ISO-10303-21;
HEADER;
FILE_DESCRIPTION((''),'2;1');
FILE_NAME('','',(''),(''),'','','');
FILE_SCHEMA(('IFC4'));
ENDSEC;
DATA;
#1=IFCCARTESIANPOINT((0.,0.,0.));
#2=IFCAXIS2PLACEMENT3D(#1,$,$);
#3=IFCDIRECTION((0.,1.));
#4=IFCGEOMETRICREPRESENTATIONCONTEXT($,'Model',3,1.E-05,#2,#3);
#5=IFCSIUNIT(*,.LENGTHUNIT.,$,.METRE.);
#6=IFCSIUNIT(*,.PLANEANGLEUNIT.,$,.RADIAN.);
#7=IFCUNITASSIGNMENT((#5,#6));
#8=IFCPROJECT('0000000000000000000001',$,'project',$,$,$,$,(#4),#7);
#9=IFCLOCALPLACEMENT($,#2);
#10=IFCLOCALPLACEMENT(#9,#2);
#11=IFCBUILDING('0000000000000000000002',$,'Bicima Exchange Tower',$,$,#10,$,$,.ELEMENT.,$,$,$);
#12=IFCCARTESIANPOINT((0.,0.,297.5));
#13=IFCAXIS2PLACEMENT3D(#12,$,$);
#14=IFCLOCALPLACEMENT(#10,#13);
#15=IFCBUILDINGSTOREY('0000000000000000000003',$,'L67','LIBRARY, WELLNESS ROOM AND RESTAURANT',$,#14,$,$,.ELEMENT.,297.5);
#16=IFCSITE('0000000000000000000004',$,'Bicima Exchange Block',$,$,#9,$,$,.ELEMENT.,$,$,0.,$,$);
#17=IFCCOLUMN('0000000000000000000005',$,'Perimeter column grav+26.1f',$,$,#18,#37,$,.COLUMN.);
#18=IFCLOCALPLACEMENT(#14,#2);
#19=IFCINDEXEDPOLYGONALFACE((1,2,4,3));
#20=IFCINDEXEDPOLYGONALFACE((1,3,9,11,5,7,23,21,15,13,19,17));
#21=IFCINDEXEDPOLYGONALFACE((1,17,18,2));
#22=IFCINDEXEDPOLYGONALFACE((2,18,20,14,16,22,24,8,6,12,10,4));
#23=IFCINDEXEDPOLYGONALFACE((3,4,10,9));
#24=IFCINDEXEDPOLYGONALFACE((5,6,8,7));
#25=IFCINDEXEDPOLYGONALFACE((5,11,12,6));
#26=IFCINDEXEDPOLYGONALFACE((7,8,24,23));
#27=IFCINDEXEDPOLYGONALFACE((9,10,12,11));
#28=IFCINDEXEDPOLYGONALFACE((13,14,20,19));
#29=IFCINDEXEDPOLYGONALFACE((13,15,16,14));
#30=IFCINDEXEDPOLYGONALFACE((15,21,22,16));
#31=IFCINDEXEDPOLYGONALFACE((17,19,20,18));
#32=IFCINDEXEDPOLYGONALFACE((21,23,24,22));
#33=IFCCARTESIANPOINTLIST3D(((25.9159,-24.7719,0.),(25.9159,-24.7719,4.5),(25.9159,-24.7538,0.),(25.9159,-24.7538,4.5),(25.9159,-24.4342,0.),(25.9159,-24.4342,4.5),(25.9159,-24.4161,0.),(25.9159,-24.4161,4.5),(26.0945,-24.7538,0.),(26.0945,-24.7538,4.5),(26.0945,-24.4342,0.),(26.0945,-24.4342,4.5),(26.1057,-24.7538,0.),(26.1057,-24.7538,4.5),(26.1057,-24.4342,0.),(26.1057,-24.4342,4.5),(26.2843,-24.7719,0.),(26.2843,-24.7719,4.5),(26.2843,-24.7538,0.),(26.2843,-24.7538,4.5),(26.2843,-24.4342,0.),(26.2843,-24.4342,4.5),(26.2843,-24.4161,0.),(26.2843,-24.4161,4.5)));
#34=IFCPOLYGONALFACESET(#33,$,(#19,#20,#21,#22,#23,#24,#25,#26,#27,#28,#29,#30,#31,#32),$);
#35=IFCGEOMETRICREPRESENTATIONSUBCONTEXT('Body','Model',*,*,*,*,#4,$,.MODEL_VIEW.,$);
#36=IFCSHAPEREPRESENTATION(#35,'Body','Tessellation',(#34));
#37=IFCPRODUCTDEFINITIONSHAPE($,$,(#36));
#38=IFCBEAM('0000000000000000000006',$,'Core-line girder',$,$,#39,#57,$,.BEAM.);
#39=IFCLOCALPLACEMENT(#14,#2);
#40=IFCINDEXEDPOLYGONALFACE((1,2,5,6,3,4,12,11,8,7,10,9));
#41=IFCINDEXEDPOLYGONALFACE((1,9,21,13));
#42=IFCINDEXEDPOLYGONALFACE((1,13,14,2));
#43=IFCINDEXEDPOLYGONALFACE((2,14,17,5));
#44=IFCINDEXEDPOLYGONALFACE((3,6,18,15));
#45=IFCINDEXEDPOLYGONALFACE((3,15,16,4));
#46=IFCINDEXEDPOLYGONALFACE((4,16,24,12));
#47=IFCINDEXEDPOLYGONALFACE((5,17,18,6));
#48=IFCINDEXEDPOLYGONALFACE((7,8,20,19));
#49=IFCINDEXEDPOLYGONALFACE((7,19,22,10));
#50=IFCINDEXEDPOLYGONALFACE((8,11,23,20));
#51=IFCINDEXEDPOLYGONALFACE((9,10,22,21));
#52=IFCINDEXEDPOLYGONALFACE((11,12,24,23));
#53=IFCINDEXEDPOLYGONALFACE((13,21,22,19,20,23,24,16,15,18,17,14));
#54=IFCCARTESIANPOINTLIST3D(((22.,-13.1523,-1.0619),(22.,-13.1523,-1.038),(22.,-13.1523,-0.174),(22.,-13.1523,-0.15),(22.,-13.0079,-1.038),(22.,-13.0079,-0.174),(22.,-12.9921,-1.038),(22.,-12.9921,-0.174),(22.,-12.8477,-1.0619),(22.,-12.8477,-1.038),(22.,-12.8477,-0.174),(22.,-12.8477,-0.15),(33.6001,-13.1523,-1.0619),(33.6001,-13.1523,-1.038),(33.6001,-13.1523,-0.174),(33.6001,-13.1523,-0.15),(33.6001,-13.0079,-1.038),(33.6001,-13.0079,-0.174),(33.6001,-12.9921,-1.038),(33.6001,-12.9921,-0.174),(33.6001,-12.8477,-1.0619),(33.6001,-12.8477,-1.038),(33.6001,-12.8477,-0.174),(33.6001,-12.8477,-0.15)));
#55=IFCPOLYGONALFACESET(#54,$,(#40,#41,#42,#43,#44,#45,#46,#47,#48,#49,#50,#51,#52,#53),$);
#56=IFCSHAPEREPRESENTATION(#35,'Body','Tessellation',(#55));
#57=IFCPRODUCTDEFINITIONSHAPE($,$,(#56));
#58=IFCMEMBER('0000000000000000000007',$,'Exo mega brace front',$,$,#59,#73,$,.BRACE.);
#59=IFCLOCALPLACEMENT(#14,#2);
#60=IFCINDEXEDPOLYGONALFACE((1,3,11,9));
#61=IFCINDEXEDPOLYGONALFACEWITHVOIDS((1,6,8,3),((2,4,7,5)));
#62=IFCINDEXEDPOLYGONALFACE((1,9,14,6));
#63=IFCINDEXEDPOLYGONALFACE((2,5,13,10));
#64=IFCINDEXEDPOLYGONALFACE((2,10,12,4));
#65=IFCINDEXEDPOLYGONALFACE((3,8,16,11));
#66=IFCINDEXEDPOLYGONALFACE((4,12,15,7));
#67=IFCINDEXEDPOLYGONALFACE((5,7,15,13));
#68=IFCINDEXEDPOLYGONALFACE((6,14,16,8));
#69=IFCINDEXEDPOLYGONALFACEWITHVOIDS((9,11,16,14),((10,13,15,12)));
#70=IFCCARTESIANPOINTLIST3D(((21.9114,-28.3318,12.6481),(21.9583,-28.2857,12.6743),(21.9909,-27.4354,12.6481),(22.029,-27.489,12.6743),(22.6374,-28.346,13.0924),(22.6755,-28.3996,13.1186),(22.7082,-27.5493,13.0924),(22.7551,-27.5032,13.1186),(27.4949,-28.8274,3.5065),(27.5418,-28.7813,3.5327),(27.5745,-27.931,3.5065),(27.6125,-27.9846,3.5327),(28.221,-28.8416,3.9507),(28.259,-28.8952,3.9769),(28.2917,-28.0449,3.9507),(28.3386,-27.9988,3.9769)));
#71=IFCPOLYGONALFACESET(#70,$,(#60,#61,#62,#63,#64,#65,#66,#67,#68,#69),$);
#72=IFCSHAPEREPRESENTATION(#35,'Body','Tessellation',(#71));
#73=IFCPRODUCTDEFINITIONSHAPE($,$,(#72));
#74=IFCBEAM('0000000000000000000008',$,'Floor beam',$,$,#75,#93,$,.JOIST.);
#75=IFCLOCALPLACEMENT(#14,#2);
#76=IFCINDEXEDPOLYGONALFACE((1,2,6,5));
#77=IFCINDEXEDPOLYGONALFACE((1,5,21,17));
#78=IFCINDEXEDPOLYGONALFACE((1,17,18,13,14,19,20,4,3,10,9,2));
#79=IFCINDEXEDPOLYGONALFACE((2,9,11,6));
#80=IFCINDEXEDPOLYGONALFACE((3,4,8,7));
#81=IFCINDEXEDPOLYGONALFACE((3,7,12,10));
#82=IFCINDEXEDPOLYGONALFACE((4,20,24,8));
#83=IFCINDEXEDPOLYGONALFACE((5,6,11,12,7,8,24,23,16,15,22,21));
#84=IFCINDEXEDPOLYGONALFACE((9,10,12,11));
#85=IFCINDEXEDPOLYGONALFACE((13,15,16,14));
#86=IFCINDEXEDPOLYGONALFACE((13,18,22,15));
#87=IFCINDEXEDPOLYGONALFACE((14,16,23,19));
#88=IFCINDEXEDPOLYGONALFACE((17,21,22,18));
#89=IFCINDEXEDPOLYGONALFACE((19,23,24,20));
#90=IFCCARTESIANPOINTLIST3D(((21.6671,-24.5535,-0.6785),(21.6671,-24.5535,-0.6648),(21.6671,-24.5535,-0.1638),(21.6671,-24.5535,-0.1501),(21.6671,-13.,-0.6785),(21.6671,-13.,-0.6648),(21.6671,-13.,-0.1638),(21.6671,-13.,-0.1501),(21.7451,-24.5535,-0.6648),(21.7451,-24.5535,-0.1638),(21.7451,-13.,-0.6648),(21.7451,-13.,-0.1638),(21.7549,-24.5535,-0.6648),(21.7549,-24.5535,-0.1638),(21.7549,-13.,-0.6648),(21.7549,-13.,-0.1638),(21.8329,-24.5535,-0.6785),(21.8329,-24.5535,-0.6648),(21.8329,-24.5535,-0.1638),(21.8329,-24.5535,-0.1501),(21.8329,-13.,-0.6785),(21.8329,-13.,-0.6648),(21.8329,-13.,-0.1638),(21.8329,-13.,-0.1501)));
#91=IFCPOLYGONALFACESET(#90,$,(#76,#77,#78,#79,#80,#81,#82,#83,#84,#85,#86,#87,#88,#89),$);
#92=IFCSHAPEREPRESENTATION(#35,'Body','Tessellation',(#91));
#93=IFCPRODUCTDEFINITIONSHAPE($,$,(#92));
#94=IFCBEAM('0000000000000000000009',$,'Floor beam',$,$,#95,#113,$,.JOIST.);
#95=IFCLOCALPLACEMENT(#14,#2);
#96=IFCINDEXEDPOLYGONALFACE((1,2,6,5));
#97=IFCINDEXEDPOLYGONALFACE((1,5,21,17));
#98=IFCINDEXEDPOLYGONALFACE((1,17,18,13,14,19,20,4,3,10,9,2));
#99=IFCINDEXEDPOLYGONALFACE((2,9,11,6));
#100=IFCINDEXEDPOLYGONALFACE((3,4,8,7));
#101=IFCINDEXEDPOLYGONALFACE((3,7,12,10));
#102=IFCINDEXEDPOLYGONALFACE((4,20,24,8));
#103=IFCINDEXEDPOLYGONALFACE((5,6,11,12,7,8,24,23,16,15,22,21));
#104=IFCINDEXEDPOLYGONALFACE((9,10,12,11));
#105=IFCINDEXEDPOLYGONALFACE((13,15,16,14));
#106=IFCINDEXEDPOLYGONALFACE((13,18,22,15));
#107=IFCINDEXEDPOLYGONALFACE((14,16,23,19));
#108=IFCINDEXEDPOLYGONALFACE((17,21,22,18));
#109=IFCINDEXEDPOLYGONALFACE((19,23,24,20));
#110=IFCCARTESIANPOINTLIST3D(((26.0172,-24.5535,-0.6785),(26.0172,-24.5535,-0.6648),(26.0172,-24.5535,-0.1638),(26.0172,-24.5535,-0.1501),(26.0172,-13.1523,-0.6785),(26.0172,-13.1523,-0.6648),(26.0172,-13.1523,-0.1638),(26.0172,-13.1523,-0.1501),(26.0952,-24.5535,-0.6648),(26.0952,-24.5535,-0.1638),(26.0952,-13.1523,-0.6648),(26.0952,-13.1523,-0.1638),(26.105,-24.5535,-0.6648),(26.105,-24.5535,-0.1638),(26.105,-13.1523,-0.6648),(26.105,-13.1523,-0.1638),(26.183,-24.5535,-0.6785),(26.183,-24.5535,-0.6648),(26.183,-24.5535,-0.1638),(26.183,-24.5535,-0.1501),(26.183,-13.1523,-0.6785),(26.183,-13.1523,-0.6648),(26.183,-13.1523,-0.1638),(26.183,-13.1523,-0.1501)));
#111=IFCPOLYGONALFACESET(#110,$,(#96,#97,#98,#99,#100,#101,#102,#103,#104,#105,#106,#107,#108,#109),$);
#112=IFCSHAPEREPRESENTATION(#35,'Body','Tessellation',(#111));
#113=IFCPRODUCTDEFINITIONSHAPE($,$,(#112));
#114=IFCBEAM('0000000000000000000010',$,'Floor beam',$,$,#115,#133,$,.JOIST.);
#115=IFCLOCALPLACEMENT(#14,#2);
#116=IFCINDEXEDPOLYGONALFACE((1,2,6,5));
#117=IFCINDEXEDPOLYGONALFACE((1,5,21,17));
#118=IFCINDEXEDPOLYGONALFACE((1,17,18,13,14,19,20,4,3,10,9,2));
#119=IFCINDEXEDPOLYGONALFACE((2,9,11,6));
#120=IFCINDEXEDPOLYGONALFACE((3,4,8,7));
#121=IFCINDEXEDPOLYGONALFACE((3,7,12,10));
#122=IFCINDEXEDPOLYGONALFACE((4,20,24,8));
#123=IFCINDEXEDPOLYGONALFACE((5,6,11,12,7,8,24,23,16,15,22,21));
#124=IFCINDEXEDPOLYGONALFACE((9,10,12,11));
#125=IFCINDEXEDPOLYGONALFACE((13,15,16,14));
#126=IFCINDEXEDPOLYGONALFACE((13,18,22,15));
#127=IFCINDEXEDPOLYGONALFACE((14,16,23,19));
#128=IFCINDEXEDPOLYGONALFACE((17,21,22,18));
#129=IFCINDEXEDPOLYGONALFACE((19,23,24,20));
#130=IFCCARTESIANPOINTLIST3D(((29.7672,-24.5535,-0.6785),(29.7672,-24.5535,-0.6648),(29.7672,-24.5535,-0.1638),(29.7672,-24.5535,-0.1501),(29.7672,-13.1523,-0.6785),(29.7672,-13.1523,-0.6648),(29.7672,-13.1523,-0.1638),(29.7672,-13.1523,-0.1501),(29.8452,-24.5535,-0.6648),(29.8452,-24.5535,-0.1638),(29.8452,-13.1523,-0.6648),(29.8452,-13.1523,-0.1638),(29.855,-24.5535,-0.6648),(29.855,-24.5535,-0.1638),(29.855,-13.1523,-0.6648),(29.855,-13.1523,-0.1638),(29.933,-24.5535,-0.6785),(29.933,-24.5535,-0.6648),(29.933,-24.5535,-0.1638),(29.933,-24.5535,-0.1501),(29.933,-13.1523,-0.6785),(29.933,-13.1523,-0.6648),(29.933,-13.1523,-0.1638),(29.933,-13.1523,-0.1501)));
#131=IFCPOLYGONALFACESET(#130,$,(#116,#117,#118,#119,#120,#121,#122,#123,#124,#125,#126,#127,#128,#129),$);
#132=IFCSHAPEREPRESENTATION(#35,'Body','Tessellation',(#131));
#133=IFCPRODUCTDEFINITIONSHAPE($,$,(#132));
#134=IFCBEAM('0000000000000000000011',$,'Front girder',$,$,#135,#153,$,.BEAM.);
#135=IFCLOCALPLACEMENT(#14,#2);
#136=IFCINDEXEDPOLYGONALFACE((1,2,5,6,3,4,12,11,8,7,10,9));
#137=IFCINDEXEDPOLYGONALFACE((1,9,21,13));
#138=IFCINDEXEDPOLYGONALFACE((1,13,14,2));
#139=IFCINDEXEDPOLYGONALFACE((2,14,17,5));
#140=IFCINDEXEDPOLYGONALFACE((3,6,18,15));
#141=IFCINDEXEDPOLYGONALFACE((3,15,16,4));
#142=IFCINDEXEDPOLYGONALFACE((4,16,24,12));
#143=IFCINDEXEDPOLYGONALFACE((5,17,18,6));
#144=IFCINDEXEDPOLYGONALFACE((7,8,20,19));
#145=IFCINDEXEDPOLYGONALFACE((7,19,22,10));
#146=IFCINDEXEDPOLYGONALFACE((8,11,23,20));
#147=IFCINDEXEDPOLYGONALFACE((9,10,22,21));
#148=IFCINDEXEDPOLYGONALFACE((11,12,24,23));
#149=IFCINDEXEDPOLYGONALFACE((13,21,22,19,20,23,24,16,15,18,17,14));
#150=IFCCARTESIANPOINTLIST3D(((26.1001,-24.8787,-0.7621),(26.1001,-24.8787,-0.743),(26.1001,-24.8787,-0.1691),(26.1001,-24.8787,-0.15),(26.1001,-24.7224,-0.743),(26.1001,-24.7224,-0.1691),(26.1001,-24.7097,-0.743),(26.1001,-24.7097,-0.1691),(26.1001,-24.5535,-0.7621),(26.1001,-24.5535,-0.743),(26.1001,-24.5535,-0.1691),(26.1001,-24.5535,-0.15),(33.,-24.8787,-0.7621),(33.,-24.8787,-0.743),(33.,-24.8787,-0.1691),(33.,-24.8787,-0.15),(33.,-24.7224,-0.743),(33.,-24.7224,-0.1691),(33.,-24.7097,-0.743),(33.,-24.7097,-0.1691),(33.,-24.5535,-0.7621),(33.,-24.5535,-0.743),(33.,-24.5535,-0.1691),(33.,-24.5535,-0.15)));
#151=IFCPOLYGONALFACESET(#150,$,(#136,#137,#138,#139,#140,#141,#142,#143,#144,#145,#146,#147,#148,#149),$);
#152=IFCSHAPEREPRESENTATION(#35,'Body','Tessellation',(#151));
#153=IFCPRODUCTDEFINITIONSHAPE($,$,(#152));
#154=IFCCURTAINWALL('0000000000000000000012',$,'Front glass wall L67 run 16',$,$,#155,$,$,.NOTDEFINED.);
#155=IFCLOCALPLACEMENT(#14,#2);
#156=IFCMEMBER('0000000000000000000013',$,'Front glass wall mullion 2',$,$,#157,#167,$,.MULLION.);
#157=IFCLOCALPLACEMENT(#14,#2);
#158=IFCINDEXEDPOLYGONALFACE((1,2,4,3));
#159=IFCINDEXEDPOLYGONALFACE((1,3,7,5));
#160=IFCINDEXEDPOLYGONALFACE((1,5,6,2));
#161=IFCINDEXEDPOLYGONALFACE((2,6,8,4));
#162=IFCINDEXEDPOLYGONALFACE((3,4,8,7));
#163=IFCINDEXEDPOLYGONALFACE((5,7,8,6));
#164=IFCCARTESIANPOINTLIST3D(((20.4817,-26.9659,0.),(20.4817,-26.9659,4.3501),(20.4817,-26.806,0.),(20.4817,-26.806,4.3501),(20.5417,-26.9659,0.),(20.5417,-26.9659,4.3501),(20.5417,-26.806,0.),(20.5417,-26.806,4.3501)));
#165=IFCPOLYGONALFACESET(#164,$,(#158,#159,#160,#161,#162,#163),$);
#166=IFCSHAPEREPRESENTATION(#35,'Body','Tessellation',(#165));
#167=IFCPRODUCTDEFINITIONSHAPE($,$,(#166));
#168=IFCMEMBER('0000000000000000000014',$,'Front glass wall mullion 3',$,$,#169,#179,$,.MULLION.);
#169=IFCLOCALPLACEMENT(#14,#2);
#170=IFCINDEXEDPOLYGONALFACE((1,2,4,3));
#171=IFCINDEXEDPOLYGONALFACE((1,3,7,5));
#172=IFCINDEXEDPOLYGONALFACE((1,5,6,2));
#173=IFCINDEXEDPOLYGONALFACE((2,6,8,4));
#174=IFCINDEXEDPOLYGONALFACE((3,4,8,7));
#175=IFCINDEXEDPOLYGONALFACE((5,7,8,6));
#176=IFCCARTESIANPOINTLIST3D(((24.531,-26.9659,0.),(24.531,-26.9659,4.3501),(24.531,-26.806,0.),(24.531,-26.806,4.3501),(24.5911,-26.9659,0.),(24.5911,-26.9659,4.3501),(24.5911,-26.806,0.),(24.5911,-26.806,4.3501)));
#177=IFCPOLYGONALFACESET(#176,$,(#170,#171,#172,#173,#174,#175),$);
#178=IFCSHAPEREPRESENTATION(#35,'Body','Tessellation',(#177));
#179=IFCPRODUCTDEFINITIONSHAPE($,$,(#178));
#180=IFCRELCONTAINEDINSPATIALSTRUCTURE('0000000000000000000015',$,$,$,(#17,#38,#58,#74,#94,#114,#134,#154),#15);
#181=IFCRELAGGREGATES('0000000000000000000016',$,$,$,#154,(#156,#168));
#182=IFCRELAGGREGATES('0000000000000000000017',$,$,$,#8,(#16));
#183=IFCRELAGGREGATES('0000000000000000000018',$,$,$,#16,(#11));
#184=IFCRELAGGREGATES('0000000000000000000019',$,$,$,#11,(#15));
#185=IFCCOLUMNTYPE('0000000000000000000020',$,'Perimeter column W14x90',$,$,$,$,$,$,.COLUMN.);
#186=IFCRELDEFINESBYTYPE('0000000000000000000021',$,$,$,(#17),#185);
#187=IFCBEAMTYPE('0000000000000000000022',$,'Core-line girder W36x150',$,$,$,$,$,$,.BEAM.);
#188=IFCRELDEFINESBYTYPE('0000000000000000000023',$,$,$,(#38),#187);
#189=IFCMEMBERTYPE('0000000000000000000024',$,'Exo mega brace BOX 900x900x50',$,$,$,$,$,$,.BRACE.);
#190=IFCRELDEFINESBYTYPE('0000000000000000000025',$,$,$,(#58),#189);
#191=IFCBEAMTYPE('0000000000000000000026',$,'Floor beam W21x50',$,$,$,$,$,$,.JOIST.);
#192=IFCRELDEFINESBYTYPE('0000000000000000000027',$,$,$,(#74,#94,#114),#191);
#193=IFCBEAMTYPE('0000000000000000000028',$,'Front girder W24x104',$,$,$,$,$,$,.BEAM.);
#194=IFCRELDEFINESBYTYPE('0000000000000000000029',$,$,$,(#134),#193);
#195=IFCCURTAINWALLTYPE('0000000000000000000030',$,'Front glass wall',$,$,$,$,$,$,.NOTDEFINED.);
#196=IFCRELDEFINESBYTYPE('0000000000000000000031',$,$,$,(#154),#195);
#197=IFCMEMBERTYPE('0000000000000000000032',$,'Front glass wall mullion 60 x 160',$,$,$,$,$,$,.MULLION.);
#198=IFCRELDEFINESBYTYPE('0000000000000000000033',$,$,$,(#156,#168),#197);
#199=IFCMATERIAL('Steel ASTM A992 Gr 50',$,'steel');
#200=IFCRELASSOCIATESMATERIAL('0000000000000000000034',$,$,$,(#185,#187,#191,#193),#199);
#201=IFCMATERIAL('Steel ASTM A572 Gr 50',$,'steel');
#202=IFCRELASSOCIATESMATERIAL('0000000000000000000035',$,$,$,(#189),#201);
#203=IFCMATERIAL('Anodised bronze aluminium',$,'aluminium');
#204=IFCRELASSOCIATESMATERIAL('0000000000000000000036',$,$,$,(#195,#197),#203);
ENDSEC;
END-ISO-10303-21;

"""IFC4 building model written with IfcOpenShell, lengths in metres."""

from ifc_helpers import new_model, si_unit, direction, frame, origin, origin_2d, place, context, subcontext, project, spatial, rectangle, hollow_rectangle, i_section, extrude, material, material_profile, profile_set, type_object, element, aggregate, save


model = new_model("IFC4")

# Units and contexts
model_context = context("Model", 3, precision=1e-05, world=origin(), true_north=direction((0.0, 1.0)))
body_context = subcontext(model_context, "Body", "Model", "MODEL_VIEW")
ifc_project = project(units=[si_unit("LENGTHUNIT", "METRE"), si_unit("PLANEANGLEUNIT", "RADIAN")], contexts=[model_context])

# Site, building, storey
site_placement = place(None, origin())
site = spatial("IfcSite", under=ifc_project, at=site_placement, Name="Bicima Exchange Block", CompositionType="ELEMENT", RefElevation=0.0)
building_placement = place(site_placement, origin())
building = spatial("IfcBuilding", under=site, at=building_placement, Name="Bicima Exchange Tower", CompositionType="ELEMENT")
storey_placement = place(building_placement, frame((0.0, 0.0, 297.5)))
storey = spatial("IfcBuildingStorey", under=building, at=storey_placement, Name="L67", Description="LIBRARY, WELLNESS ROOM AND RESTAURANT", CompositionType="ELEMENT", Elevation=297.5)

# Column
ifc_material_1 = material(Name="Steel ASTM A992 Gr 50", Category="steel")
ifc_material_profile_1 = material_profile(ifc_material_1, i_section(OverallWidth=0.3684, OverallDepth=0.3557, WebThickness=0.0112, FlangeThickness=0.0181, at=origin_2d()))
ifc_profile_set_1 = profile_set([ifc_material_profile_1], Name="Steel ASTM A992 Gr 50")
column_type = type_object("IfcColumnType", Name="Perimeter column W14x90", PredefinedType="COLUMN", material=ifc_profile_set_1)
column_placement = place(storey_placement, frame((26.1001, -24.594, 0.0), z_axis=(0.0, 0.0, 1.0), x_axis=(1.0, 0.0, 0.0)))
element("IfcColumn", 1, at=column_placement, inside=storey, type_object=column_type, Name="Perimeter column grav+26.1f", PredefinedType="COLUMN", context=body_context, shape_type="SweptSolid", body=[
    extrude(i_section(OverallWidth=0.3684, OverallDepth=0.3557, WebThickness=0.0112, FlangeThickness=0.0181, at=origin_2d()), origin(), (0.0, 0.0, 1.0), 4.5),
])

# Beam
ifc_material_profile_2 = material_profile(ifc_material_1, i_section(OverallWidth=0.3047, OverallDepth=0.9119, WebThickness=0.0159, FlangeThickness=0.0239, at=origin_2d()))
ifc_profile_set_2 = profile_set([ifc_material_profile_2], Name="Steel ASTM A992 Gr 50")
beam_type_1 = type_object("IfcBeamType", Name="Core-line girder W36x150", PredefinedType="BEAM", material=ifc_profile_set_2)
beam_1_placement = place(storey_placement, frame((22.0, -13.0, -0.606), z_axis=(1.0, 0.0, 0.0), x_axis=(0.0, 1.0, 0.0)))
element("IfcBeam", 2, at=beam_1_placement, inside=storey, type_object=beam_type_1, Name="Core-line girder", PredefinedType="BEAM", context=body_context, shape_type="SweptSolid", body=[
    extrude(i_section(OverallWidth=0.3047, OverallDepth=0.9119, WebThickness=0.0159, FlangeThickness=0.0239, at=origin_2d()), origin(), (0.0, 0.0, 1.0), 11.6001),
])

# Member
ifc_material_2 = material(Name="Steel ASTM A572 Gr 50", Category="steel")
ifc_material_profile_3 = material_profile(ifc_material_2, hollow_rectangle(XDim=0.8999, YDim=0.8999, WallThickness=0.05, at=origin_2d()))
ifc_profile_set_3 = profile_set([ifc_material_profile_3], Name="Steel ASTM A572 Gr 50")
member_type_1 = type_object("IfcMemberType", Name="Exo mega brace BOX 900x900x50", PredefinedType="BRACE", material=ifc_profile_set_3)
member_1_placement = place(storey_placement, frame((27.9167, -28.4131, 3.7417), z_axis=(-0.520686, 0.046217, 0.852496), x_axis=(-0.088415, -0.996084, 0.0)))
element("IfcMember", 3, at=member_1_placement, inside=storey, type_object=member_type_1, Name="Exo mega brace front", PredefinedType="BRACE", context=body_context, shape_type="SweptSolid", body=[
    extrude(hollow_rectangle(XDim=0.8999, YDim=0.8999, WallThickness=0.05, at=origin_2d()), origin(), (0.0, 0.0, 1.0), 10.7234),
])

# Beams
ifc_material_profile_4 = material_profile(ifc_material_1, i_section(OverallWidth=0.1658, OverallDepth=0.5283, WebThickness=0.0098, FlangeThickness=0.0137, at=origin_2d()))
ifc_profile_set_4 = profile_set([ifc_material_profile_4], Name="Steel ASTM A992 Gr 50")
beam_type_2 = type_object("IfcBeamType", Name="Floor beam W21x50", PredefinedType="JOIST", material=ifc_profile_set_4)
beam_2_placement = place(storey_placement, frame((21.75, -13.0, -0.4143), z_axis=(0.0, -1.0, 0.0), x_axis=(1.0, 0.0, 0.0)))
element("IfcBeam", 4, at=beam_2_placement, inside=storey, type_object=beam_type_2, Name="Floor beam", PredefinedType="JOIST", context=body_context, shape_type="SweptSolid", body=[
    extrude(i_section(OverallWidth=0.1658, OverallDepth=0.5283, WebThickness=0.0098, FlangeThickness=0.0137, at=origin_2d()), origin(), (0.0, 0.0, 1.0), 11.5535),
])
for number, where, z_axis, x_axis, name in (
    (5, (26.1001, -13.1523, -0.4143), (0.0, -1.0, 0.0), (1.0, 0.0, 0.0), "Floor beam"),
    (6, (29.8501, -13.1523, -0.4143), (0.0, -1.0, 0.0), (1.0, 0.0, 0.0), "Floor beam"),
):
    element("IfcBeam", number, at=place(storey_placement, frame(where, z_axis=z_axis, x_axis=x_axis)), inside=storey, type_object=beam_type_2, Name=name, PredefinedType="JOIST", context=body_context, shape_type="SweptSolid", body=[
        extrude(i_section(OverallWidth=0.1658, OverallDepth=0.5283, WebThickness=0.0098, FlangeThickness=0.0137, at=origin_2d()), origin(), (0.0, 0.0, 1.0), 11.4011),
    ])
ifc_material_profile_5 = material_profile(ifc_material_1, i_section(OverallWidth=0.3252, OverallDepth=0.6121, WebThickness=0.0127, FlangeThickness=0.019, at=origin_2d()))
ifc_profile_set_5 = profile_set([ifc_material_profile_5], Name="Steel ASTM A992 Gr 50")
beam_type_3 = type_object("IfcBeamType", Name="Front girder W24x104", PredefinedType="BEAM", material=ifc_profile_set_5)
beam_3_placement = place(storey_placement, frame((26.1001, -24.7161, -0.4561), z_axis=(1.0, 0.0, 0.0), x_axis=(0.0, 1.0, 0.0)))
element("IfcBeam", 7, at=beam_3_placement, inside=storey, type_object=beam_type_3, Name="Front girder", PredefinedType="BEAM", context=body_context, shape_type="SweptSolid", body=[
    extrude(i_section(OverallWidth=0.3252, OverallDepth=0.6121, WebThickness=0.0127, FlangeThickness=0.019, at=origin_2d()), origin(), (0.0, 0.0, 1.0), 6.8999),
])

# Curtain wall, members
ifc_material_3 = material(Name="Anodised bronze aluminium", Category="aluminium")
curtain_wall_type = type_object("IfcCurtainWallType", Name="Front glass wall", PredefinedType="NOTDEFINED", material=ifc_material_3)
curtain_wall_1_placement = place(storey_placement, origin())
curtain_wall_1 = element("IfcCurtainWall", 8, at=curtain_wall_1_placement, inside=storey, type_object=curtain_wall_type, Name="Front glass wall L67 run 16", PredefinedType="NOTDEFINED")
ifc_material_profile_6 = material_profile(ifc_material_3, rectangle(XDim=0.1599, YDim=0.0601, at=origin_2d()))
ifc_profile_set_6 = profile_set([ifc_material_profile_6], Name="Anodised bronze aluminium")
member_type_2 = type_object("IfcMemberType", Name="Front glass wall mullion 60 x 160", PredefinedType="MULLION", material=ifc_profile_set_6)
member_2_placement = place(storey_placement, frame((20.5117, -26.886, 0.0), z_axis=(0.0, 0.0, 1.0), x_axis=(0.0, 1.0, 0.0)))
member_2 = element("IfcMember", 9, at=member_2_placement, type_object=member_type_2, Name="Front glass wall mullion 2", PredefinedType="MULLION", context=body_context, shape_type="SweptSolid", body=[
    extrude(rectangle(XDim=0.1599, YDim=0.0601, at=origin_2d()), origin(), (0.0, 0.0, 1.0), 4.3501),
])
member_3_placement = place(storey_placement, frame((24.561, -26.886, 0.0), z_axis=(0.0, 0.0, 1.0), x_axis=(0.0, 1.0, 0.0)))
member_3 = element("IfcMember", 10, at=member_3_placement, type_object=member_type_2, Name="Front glass wall mullion 3", PredefinedType="MULLION", context=body_context, shape_type="SweptSolid", body=[
    extrude(rectangle(XDim=0.1599, YDim=0.0601, at=origin_2d()), origin(), (0.0, 0.0, 1.0), 4.3501),
])

aggregate(curtain_wall_1, [member_2, member_3])

save(model, "model.ifc")
